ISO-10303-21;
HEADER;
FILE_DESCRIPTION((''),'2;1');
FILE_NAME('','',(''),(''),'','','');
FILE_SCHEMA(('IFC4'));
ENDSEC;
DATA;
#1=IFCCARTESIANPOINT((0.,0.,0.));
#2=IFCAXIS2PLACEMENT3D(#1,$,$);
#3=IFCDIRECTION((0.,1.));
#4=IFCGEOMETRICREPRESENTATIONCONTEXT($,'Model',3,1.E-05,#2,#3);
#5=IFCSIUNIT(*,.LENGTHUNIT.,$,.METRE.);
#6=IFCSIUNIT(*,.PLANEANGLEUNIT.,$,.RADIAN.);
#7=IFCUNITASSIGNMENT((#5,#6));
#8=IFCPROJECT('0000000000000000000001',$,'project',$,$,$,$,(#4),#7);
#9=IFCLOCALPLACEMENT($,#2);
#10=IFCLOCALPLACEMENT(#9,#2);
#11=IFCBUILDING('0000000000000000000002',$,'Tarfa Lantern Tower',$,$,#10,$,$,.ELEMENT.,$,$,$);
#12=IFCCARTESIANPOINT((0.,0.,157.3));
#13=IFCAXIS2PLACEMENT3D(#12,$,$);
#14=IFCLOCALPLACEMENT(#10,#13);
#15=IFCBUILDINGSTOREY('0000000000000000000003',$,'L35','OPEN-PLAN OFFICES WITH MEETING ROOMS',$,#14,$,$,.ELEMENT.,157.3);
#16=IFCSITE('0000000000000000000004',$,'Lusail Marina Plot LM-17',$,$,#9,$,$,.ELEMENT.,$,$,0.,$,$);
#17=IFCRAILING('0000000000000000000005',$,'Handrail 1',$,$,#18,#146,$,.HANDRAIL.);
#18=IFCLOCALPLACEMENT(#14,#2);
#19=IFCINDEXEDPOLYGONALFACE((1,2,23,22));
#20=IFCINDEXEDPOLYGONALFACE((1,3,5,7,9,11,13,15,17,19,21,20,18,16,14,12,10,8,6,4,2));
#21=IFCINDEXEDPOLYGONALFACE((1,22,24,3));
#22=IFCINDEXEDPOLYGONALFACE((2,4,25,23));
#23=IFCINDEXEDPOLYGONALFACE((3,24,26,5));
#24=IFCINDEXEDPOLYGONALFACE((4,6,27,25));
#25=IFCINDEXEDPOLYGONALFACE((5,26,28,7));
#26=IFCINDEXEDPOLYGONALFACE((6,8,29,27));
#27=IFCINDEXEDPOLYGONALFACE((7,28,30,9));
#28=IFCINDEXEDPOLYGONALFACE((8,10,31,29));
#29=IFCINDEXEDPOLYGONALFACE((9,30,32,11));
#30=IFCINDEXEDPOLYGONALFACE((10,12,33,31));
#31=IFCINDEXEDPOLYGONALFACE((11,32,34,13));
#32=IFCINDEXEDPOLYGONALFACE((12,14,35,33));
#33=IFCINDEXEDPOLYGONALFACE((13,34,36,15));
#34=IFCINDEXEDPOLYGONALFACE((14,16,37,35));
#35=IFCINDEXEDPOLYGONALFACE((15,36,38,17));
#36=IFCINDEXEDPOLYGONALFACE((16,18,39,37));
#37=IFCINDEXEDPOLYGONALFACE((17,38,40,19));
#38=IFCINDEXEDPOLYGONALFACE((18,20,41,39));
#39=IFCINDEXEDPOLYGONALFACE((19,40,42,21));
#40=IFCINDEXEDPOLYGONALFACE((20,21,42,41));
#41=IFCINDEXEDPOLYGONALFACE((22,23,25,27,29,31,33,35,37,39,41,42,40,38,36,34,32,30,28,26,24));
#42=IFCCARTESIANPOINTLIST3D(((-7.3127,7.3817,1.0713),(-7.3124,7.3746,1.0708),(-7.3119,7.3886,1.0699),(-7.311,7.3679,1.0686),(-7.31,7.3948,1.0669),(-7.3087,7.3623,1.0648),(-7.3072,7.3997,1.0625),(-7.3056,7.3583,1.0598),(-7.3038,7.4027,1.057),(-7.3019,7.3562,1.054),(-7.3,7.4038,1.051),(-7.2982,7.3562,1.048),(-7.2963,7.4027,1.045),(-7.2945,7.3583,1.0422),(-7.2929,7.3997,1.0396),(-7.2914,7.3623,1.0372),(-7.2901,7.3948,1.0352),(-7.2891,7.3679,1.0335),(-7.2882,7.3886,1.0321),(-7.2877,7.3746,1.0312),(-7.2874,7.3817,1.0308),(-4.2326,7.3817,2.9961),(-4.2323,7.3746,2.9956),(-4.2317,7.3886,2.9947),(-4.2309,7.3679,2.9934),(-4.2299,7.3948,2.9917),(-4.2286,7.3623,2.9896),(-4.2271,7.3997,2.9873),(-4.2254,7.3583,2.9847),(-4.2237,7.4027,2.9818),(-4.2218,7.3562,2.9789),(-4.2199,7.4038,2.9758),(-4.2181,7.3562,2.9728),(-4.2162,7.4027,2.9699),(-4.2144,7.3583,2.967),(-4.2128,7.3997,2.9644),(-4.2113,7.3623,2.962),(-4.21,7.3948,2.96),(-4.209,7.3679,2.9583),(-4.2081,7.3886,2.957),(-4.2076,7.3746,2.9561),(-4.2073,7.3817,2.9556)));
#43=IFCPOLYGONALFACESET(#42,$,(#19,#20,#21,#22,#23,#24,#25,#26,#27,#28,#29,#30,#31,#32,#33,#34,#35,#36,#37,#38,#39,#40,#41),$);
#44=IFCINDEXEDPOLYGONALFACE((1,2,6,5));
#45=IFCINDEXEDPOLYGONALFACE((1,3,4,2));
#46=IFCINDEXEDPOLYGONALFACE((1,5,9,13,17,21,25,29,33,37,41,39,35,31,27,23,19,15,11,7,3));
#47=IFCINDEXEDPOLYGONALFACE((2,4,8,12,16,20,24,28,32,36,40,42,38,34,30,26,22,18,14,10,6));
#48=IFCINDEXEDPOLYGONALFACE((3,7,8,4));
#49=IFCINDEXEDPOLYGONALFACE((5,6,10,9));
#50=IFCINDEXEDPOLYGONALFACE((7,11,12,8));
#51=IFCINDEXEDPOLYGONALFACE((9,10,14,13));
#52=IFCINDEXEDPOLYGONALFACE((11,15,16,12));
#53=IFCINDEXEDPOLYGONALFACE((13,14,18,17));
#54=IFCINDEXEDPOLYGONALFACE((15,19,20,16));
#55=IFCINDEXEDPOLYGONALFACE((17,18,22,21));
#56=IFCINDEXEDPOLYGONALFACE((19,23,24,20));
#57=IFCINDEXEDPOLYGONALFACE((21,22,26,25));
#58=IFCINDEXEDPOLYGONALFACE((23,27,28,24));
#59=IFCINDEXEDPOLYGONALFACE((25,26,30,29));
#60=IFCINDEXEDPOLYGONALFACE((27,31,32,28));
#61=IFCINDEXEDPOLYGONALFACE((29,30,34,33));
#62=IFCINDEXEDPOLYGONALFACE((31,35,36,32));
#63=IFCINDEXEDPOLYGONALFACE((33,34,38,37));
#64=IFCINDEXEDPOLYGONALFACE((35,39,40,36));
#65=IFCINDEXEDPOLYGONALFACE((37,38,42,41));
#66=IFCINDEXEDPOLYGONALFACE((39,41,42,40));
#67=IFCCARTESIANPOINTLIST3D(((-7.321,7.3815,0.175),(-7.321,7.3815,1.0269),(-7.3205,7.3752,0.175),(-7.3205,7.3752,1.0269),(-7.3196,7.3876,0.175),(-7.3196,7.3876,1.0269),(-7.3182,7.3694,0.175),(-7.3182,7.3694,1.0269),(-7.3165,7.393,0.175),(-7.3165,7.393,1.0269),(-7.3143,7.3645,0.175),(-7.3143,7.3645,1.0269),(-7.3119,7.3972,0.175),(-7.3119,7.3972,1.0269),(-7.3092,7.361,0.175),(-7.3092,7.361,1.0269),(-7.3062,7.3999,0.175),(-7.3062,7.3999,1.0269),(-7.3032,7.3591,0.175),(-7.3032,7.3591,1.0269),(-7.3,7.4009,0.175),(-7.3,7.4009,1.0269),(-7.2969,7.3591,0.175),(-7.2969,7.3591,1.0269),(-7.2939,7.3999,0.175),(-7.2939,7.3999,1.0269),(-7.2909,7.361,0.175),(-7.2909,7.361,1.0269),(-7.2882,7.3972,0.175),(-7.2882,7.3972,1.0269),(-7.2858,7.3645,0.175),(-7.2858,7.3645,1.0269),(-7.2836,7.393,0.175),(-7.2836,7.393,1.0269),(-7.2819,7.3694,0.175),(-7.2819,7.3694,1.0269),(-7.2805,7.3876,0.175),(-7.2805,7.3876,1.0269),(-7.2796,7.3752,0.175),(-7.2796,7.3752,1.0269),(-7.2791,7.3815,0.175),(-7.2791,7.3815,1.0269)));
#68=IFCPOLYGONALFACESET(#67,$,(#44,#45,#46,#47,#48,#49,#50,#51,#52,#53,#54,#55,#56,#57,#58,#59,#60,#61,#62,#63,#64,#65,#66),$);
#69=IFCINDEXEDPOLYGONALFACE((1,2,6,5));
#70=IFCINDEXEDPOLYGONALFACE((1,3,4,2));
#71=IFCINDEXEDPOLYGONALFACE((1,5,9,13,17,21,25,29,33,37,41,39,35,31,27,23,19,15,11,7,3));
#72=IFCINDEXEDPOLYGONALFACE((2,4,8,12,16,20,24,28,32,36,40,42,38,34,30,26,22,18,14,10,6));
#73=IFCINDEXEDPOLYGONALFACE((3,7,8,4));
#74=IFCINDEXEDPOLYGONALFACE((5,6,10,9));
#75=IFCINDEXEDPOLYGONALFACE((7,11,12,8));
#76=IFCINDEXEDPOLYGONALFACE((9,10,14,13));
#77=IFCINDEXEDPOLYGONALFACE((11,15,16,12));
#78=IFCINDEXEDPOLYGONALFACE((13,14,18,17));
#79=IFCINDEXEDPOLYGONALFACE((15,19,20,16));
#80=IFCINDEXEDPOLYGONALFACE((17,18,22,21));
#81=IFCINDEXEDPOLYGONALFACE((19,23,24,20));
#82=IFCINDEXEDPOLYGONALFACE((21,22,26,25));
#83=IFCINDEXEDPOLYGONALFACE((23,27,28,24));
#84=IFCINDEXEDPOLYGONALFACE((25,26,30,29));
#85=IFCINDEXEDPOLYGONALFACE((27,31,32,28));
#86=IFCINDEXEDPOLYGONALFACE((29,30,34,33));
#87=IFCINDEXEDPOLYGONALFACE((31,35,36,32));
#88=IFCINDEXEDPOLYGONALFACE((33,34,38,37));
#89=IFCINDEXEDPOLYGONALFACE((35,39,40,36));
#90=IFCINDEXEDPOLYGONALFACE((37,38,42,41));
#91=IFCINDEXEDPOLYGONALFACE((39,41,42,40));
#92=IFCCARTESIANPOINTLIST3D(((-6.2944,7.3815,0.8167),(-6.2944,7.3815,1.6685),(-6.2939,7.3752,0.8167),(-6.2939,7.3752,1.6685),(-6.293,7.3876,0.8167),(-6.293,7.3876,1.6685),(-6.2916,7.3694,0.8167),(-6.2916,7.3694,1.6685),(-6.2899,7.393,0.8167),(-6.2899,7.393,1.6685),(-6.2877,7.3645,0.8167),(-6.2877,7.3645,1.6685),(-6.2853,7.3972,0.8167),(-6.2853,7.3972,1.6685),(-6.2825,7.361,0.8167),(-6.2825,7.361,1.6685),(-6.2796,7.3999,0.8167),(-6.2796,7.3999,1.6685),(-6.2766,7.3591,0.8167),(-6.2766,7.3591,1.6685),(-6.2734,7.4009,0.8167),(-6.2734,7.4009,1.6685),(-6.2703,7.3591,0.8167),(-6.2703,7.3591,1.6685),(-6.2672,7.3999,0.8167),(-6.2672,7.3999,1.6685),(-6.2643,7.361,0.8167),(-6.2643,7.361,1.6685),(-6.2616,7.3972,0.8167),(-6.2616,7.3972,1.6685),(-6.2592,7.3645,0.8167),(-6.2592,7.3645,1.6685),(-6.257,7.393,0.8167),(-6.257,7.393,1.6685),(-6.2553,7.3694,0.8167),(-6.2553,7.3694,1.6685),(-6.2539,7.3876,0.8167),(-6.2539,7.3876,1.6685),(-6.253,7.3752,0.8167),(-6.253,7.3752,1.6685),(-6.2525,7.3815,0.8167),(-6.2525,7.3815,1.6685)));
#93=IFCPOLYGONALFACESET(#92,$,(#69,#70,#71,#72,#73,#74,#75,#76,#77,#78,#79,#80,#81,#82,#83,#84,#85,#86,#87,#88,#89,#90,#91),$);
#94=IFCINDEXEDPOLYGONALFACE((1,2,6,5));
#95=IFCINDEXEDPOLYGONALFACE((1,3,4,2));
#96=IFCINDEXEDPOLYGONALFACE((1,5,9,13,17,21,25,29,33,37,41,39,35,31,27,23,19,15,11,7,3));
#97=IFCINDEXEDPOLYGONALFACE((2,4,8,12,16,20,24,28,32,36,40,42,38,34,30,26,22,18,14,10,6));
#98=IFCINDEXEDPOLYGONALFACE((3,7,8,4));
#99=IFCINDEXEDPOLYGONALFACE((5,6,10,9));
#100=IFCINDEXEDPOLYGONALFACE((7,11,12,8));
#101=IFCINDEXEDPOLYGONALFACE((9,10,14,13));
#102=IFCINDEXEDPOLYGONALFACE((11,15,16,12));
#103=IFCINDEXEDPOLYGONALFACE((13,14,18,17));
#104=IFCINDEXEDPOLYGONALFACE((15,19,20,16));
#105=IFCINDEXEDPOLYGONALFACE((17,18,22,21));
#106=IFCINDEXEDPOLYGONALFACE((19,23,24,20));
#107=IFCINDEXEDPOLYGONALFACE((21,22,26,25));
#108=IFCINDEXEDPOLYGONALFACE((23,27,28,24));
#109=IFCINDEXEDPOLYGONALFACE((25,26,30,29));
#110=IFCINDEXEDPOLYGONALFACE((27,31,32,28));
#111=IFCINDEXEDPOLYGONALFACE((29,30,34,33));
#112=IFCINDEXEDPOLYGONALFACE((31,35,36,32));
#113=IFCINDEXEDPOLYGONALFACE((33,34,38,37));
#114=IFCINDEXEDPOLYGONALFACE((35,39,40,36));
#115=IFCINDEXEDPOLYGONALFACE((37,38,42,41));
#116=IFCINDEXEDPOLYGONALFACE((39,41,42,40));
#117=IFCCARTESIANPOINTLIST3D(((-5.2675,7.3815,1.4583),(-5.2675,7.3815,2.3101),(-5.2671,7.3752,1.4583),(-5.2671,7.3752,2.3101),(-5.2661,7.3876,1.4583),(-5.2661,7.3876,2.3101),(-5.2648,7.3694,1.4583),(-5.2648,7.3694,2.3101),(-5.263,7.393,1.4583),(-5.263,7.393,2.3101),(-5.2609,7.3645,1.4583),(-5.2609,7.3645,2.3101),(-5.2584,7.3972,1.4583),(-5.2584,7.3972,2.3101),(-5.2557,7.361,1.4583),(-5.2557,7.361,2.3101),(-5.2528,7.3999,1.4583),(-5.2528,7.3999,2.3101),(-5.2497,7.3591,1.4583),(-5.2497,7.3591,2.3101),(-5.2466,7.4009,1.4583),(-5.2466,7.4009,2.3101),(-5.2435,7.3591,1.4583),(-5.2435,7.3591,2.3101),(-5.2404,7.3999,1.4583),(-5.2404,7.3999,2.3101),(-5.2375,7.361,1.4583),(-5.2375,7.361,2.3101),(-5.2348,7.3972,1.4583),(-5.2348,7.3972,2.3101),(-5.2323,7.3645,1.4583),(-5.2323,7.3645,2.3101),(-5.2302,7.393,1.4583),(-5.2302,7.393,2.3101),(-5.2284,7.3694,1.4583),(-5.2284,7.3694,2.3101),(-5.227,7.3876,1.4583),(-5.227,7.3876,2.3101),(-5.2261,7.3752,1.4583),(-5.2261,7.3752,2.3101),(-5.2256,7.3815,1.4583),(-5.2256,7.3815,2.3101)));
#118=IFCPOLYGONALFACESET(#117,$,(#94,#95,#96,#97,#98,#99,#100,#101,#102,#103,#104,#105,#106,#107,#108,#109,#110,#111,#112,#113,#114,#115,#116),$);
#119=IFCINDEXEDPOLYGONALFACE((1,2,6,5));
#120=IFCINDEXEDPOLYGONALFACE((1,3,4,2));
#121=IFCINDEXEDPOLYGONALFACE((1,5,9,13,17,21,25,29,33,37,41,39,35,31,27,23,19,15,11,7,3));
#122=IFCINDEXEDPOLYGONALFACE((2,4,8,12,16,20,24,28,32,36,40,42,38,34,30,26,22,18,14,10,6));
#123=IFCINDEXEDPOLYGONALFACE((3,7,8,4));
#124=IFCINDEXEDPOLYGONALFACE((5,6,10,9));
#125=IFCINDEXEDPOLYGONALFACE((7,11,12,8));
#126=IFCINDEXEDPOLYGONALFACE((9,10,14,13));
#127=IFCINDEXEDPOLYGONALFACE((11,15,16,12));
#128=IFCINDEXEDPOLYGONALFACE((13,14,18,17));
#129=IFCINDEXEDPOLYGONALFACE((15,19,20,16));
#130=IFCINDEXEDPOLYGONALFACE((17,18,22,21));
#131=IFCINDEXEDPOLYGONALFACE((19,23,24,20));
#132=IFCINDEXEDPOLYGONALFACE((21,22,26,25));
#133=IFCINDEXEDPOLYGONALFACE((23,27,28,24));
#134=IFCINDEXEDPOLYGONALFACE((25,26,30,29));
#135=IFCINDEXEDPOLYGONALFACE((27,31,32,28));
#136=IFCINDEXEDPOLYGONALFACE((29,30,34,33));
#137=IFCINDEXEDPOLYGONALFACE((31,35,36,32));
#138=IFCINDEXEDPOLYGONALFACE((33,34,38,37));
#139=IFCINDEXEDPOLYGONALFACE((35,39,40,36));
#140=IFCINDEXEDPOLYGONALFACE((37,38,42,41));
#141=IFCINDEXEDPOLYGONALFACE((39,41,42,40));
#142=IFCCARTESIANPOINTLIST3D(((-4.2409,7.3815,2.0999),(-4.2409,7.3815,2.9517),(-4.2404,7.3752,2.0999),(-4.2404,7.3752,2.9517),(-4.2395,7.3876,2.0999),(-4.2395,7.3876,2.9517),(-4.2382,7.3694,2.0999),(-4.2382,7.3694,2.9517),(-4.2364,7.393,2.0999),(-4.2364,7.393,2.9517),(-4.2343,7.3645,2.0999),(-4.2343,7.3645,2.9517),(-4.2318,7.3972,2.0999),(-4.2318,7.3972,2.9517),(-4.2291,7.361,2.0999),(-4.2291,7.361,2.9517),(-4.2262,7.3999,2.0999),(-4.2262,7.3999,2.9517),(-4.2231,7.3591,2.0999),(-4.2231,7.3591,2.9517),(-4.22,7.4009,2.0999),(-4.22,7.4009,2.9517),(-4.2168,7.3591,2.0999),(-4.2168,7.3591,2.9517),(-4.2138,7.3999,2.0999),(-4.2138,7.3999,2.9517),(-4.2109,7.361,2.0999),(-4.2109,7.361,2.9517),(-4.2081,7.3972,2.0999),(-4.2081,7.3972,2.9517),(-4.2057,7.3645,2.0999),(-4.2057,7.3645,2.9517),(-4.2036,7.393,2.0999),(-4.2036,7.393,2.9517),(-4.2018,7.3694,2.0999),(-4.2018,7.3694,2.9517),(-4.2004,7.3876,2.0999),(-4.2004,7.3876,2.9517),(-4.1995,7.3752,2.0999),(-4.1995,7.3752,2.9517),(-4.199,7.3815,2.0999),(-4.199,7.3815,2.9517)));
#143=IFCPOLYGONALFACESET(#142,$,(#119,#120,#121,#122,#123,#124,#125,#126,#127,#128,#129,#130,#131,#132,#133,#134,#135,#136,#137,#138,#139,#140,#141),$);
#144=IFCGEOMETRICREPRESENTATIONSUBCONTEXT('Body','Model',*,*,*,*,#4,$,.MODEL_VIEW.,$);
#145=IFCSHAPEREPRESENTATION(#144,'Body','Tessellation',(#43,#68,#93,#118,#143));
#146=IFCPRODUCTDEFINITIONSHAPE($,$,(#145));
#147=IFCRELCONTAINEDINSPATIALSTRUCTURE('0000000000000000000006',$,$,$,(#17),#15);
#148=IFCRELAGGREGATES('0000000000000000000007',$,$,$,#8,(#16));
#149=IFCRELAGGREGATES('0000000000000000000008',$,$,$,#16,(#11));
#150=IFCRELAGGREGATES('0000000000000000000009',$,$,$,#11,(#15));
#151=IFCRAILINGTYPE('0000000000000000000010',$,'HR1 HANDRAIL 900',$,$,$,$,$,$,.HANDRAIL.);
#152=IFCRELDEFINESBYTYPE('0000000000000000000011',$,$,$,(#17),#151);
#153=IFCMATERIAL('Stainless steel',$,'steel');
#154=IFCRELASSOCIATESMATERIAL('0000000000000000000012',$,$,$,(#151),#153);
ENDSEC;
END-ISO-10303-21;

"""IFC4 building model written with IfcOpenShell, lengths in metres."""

from ifc_helpers import new_model, si_unit, direction, frame, origin, origin_2d, place, context, subcontext, project, spatial, circle, extrude, material, type_object, element, save


model = new_model("IFC4")

# Units and contexts
model_context = context("Model", 3, precision=1e-05, world=origin(), true_north=direction((0.0, 1.0)))
body_context = subcontext(model_context, "Body", "Model", "MODEL_VIEW")
ifc_project = project(units=[si_unit("LENGTHUNIT", "METRE"), si_unit("PLANEANGLEUNIT", "RADIAN")], contexts=[model_context])

# Site, building, storey
site_placement = place(None, origin())
site = spatial("IfcSite", under=ifc_project, at=site_placement, Name="Lusail Marina Plot LM-17", CompositionType="ELEMENT", RefElevation=0.0)
building_placement = place(site_placement, origin())
building = spatial("IfcBuilding", under=site, at=building_placement, Name="Tarfa Lantern Tower", CompositionType="ELEMENT")
storey_placement = place(building_placement, frame((0.0, 0.0, 157.3)))
storey = spatial("IfcBuildingStorey", under=building, at=storey_placement, Name="L35", Description="OPEN-PLAN OFFICES WITH MEETING ROOMS", CompositionType="ELEMENT", Elevation=157.3)

# Railing
ifc_material_1 = material(Name="Stainless steel", Category="steel")
railing_type = type_object("IfcRailingType", Name="HR1 HANDRAIL 900", PredefinedType="HANDRAIL", material=ifc_material_1)
railing_1_placement = place(storey_placement, frame((-7.3, 7.3799, 0.175)))
element("IfcRailing", 1, at=railing_1_placement, inside=storey, type_object=railing_type, Name="Handrail 1", PredefinedType="HANDRAIL", context=body_context, shape_type="SweptSolid", body=[
    extrude(circle(Radius=0.0239, at=origin_2d()), frame((0.0, 0.0, 0.876), z_axis=(0.848029, 0.0, 0.529951), x_axis=(0.0, 1.0, 0.0)), (0.0, 0.0, 1.0), 3.6321),
    extrude(circle(Radius=0.021, at=origin_2d()), frame((0.0, 0.0, 0.0), z_axis=(0.0, 0.0, 1.0), x_axis=(0.0, 1.0, 0.0)), (0.0, 0.0, 1.0), 0.8518),
    extrude(circle(Radius=0.021, at=origin_2d()), frame((1.0266, 0.0, 0.6416), z_axis=(0.0, 0.0, 1.0), x_axis=(0.0, 1.0, 0.0)), (0.0, 0.0, 1.0), 0.8518),
    extrude(circle(Radius=0.021, at=origin_2d()), frame((2.0535, 0.0, 1.2832), z_axis=(0.0, 0.0, 1.0), x_axis=(0.0, 1.0, 0.0)), (0.0, 0.0, 1.0), 0.8518),
    extrude(circle(Radius=0.021, at=origin_2d()), frame((3.0801, 0.0, 1.9248), z_axis=(0.0, 0.0, 1.0), x_axis=(0.0, 1.0, 0.0)), (0.0, 0.0, 1.0), 0.8518),
])

save(model, "model.ifc")
